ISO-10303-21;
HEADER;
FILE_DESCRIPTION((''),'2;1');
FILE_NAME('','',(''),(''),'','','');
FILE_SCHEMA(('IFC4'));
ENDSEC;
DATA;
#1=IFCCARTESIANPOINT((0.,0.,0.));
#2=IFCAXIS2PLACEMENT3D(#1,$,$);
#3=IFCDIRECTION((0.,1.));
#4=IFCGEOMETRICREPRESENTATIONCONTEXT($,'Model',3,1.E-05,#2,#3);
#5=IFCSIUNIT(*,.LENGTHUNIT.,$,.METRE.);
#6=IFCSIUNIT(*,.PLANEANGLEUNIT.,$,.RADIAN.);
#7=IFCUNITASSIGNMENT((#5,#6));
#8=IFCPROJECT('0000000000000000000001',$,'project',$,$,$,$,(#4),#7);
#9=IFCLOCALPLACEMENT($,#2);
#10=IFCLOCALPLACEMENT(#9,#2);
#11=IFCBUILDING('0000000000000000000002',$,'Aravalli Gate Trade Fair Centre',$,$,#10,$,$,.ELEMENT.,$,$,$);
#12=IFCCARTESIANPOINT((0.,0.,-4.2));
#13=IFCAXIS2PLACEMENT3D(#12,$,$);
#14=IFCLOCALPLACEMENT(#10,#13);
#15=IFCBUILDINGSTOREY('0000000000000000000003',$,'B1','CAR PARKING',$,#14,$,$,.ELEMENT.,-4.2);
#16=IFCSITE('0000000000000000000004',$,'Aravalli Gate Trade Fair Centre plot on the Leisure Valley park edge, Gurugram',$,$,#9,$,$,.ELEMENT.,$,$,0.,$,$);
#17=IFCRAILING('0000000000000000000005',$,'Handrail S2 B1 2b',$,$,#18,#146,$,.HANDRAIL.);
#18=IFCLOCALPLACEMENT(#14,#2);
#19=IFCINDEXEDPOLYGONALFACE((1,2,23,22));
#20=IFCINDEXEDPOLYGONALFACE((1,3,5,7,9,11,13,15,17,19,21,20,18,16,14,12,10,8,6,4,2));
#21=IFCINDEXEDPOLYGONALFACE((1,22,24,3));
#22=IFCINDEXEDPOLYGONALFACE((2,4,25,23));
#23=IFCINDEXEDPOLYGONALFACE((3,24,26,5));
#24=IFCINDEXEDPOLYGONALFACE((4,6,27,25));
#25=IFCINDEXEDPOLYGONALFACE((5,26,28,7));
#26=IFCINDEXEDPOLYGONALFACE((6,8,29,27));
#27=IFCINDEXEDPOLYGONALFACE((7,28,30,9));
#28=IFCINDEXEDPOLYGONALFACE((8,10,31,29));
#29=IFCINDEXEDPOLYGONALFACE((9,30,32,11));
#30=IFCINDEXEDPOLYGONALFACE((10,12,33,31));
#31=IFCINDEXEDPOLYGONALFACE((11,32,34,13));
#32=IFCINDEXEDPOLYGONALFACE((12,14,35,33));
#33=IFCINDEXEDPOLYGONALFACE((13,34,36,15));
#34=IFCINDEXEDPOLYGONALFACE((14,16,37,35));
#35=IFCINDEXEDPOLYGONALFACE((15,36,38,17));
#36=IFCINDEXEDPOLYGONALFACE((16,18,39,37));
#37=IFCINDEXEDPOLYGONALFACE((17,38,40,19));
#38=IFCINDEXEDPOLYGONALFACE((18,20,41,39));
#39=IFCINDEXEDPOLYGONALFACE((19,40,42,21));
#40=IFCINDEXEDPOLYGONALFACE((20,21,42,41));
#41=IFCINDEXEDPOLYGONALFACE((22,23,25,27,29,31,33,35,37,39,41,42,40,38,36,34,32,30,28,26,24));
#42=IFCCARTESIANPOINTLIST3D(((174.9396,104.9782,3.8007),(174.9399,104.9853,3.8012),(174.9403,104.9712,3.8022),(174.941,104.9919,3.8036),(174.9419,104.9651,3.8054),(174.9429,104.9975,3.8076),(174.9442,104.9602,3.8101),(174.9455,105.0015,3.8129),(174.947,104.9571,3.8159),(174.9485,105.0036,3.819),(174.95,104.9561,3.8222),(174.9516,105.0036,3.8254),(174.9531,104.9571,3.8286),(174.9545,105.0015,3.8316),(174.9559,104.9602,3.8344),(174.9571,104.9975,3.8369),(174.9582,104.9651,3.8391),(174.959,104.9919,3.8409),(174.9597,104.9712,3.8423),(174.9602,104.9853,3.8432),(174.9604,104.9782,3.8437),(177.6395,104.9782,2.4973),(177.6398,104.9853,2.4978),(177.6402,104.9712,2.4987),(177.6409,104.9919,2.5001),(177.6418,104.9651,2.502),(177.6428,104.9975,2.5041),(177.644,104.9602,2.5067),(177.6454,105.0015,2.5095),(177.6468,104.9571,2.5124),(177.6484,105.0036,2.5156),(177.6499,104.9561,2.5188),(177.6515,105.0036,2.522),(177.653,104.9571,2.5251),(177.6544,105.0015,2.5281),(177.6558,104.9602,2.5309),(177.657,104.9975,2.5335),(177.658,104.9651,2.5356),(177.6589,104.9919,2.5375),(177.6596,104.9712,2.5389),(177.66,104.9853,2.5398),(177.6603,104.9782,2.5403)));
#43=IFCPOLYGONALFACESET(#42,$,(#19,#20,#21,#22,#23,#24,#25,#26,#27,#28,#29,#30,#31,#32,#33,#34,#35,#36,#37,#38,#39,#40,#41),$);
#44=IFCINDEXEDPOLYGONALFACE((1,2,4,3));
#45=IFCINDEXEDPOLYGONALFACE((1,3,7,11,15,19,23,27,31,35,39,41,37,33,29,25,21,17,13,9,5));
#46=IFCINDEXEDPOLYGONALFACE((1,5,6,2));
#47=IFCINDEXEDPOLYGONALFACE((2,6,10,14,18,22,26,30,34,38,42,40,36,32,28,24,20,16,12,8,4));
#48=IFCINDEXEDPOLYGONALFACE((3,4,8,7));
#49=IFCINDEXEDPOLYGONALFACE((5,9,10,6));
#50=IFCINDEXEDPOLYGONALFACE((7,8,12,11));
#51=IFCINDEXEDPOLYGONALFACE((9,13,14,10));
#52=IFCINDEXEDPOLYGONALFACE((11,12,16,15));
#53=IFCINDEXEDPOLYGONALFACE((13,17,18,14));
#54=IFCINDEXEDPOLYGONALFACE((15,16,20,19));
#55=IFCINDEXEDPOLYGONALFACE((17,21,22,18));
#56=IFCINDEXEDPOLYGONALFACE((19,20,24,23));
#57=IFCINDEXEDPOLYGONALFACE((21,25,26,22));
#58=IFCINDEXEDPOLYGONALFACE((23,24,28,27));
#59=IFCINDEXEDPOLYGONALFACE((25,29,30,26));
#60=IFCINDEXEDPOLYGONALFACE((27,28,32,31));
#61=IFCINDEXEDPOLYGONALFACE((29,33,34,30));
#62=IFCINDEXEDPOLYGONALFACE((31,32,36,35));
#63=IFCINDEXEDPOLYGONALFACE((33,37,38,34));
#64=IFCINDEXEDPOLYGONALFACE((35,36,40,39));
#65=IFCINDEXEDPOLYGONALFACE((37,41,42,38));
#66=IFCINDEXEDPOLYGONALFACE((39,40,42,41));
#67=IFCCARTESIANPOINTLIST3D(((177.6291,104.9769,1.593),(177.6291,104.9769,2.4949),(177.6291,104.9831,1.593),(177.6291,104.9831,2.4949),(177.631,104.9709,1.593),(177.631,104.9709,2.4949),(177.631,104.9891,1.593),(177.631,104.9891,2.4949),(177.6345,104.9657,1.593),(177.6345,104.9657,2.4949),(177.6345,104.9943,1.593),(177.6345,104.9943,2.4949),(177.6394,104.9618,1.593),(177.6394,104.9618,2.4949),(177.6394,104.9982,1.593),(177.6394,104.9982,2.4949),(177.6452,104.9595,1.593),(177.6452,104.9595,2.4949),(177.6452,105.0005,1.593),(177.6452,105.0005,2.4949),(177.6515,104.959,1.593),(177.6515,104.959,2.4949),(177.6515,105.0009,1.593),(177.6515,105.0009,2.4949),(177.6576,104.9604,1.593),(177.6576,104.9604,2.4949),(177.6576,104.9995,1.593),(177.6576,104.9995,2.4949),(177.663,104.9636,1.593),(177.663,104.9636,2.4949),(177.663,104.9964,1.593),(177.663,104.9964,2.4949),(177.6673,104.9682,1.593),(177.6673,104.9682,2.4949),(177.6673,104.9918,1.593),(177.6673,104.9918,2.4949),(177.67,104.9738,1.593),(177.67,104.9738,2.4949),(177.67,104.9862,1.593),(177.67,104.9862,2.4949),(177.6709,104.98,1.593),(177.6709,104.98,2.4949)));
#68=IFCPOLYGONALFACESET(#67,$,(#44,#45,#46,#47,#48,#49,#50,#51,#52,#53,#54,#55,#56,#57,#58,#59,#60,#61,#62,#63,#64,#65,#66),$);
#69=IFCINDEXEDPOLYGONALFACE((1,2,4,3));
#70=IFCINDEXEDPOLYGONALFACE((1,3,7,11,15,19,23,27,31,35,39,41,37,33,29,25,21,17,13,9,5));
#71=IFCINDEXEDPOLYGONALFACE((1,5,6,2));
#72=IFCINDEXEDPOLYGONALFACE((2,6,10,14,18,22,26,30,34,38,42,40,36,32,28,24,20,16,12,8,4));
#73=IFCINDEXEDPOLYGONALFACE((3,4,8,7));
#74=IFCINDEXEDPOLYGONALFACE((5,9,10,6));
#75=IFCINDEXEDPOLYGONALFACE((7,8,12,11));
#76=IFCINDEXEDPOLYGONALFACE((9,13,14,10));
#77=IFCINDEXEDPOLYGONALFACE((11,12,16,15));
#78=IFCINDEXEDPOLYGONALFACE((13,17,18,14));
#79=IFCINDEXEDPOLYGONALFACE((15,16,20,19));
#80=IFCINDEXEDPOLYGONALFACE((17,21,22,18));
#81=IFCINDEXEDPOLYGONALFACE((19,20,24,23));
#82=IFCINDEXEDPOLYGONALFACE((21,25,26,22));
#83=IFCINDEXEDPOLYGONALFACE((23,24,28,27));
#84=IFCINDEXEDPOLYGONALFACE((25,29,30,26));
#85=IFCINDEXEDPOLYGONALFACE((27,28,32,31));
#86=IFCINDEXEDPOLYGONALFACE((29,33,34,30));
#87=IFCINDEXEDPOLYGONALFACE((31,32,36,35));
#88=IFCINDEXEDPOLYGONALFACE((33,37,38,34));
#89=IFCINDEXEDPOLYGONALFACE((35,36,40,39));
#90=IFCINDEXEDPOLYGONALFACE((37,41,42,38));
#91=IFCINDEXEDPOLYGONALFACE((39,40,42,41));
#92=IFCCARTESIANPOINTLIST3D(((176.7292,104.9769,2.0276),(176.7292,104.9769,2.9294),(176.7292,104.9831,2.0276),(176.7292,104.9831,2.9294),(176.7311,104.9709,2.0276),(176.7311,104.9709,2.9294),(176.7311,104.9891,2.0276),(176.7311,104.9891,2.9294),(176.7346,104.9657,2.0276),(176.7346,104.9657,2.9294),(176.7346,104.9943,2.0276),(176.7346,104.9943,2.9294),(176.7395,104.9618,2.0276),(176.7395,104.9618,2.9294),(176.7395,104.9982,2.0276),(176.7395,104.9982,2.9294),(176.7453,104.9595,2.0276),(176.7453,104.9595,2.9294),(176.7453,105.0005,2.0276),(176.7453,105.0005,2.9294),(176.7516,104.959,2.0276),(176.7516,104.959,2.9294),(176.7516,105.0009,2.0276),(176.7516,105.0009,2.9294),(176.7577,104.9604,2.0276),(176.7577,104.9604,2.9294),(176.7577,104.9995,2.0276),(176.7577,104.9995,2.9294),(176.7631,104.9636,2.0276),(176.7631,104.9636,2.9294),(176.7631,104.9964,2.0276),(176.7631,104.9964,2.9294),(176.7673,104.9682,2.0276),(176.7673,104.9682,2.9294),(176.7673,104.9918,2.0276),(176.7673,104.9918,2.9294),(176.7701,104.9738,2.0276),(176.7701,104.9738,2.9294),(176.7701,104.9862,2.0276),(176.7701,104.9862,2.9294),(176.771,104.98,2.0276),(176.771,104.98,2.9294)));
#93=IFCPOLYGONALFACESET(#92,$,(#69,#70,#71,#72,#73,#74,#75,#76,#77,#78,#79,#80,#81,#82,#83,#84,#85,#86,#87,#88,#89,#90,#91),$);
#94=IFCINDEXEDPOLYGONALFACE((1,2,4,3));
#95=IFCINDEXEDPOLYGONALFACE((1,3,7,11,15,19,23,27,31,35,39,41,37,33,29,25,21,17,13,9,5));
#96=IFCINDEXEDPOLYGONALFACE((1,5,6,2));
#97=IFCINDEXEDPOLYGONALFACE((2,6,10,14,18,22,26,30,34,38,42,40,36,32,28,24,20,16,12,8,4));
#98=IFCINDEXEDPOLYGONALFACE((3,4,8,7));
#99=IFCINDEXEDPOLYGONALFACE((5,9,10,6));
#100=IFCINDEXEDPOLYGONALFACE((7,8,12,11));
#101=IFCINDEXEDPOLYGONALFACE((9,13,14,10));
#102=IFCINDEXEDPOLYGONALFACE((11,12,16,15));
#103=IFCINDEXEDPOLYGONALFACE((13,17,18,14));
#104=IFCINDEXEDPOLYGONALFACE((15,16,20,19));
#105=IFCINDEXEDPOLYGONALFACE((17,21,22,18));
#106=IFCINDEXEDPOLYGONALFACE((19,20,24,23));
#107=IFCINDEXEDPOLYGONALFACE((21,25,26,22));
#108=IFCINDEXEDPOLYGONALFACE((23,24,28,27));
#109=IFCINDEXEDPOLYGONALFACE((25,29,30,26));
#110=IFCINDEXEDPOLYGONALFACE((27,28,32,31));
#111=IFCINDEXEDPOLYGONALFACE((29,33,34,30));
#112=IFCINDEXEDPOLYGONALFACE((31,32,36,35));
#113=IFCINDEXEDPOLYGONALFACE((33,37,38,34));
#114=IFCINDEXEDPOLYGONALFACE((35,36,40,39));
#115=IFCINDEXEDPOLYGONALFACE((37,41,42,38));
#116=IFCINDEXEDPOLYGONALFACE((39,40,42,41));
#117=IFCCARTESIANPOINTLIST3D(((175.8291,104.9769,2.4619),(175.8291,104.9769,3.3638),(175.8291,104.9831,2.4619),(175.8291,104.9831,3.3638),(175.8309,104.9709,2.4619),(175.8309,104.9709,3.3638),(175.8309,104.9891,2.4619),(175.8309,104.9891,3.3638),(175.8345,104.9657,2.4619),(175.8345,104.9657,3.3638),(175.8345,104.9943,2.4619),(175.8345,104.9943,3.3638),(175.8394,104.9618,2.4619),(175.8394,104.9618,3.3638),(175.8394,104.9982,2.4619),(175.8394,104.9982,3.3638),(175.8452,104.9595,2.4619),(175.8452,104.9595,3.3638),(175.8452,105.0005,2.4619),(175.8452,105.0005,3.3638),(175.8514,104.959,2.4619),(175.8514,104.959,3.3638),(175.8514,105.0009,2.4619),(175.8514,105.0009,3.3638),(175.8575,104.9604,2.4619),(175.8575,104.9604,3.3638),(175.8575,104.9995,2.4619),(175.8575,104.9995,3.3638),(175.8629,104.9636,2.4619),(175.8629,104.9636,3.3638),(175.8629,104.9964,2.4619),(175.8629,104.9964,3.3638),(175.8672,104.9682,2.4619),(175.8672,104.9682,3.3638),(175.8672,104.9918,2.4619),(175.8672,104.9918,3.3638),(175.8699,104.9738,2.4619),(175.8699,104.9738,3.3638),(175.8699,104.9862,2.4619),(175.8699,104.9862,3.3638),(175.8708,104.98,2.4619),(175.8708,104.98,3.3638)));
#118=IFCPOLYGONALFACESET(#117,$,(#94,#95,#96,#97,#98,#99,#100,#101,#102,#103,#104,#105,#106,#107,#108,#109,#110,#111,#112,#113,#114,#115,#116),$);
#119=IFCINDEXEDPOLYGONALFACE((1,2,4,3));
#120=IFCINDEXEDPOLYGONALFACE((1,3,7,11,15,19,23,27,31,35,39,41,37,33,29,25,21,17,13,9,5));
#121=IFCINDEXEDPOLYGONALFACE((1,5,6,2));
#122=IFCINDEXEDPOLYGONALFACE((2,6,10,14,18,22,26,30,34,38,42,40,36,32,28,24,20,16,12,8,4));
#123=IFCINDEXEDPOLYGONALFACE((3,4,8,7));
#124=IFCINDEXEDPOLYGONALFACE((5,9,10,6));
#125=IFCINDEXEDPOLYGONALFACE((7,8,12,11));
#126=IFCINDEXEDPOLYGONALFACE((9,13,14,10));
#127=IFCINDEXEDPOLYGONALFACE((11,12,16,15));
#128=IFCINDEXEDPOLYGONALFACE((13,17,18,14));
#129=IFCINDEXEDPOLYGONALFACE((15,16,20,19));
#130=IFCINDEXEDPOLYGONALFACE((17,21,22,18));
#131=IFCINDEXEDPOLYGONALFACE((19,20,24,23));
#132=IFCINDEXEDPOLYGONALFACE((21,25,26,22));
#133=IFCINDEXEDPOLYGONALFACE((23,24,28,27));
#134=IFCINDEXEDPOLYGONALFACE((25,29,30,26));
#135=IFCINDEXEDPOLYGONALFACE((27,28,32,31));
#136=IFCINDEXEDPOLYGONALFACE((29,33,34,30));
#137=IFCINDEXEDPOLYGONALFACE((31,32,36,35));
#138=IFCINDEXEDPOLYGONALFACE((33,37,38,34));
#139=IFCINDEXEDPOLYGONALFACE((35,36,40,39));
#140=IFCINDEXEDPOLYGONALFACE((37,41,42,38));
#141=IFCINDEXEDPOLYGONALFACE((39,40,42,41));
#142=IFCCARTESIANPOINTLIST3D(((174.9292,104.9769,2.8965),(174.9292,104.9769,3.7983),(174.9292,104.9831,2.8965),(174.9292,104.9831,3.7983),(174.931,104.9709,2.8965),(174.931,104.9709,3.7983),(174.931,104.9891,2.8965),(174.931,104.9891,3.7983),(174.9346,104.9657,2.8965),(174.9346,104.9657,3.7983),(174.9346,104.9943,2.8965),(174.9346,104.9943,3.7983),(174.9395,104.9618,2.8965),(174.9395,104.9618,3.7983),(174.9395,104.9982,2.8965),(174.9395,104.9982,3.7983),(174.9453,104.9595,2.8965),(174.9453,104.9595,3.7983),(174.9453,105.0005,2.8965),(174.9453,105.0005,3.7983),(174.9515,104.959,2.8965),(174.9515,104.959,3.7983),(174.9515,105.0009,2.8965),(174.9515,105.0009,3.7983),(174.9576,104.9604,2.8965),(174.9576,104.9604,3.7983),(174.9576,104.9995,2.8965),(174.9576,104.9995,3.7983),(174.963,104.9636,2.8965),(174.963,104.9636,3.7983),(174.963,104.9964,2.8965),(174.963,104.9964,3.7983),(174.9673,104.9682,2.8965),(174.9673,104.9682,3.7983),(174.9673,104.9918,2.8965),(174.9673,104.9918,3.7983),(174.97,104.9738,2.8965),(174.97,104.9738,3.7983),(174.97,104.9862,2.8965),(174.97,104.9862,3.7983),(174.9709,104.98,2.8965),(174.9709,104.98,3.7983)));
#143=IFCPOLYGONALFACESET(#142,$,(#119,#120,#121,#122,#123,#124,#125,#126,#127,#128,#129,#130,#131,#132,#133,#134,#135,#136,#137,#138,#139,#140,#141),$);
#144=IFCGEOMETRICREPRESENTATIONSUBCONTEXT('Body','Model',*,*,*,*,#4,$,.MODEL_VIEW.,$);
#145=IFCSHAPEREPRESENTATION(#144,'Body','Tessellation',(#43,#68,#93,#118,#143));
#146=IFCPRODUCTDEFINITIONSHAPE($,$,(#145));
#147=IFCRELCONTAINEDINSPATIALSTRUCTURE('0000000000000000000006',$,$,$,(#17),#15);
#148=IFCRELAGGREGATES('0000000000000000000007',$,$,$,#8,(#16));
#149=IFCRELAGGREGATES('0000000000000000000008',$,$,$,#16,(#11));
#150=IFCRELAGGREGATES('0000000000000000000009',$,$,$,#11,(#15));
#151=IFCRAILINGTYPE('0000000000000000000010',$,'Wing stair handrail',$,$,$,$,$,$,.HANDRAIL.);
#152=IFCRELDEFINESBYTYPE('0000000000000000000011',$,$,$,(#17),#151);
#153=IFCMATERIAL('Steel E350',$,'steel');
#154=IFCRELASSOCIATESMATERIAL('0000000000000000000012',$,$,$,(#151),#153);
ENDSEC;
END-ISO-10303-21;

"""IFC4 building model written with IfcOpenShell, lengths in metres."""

from ifc_helpers import new_model, si_unit, direction, frame, origin, origin_2d, place, context, subcontext, project, spatial, circle, extrude, material, type_object, element, save


model = new_model("IFC4")

# Units and contexts
model_context = context("Model", 3, precision=1e-05, world=origin(), true_north=direction((0.0, 1.0)))
body_context = subcontext(model_context, "Body", "Model", "MODEL_VIEW")
ifc_project = project(units=[si_unit("LENGTHUNIT", "METRE"), si_unit("PLANEANGLEUNIT", "RADIAN")], contexts=[model_context])

# Site, building, storey
site_placement = place(None, origin())
site = spatial("IfcSite", under=ifc_project, at=site_placement, Name="Aravalli Gate Trade Fair Centre plot on the Leisure Valley park edge, Gurugram", CompositionType="ELEMENT", RefElevation=0.0)
building_placement = place(site_placement, origin())
building = spatial("IfcBuilding", under=site, at=building_placement, Name="Aravalli Gate Trade Fair Centre", CompositionType="ELEMENT")
storey_placement = place(building_placement, frame((0.0, 0.0, -4.2)))
storey = spatial("IfcBuildingStorey", under=building, at=storey_placement, Name="B1", Description="CAR PARKING", CompositionType="ELEMENT", Elevation=-4.2)

# Shared definitions
ifc_material_1 = material(Name="Steel E350", Category="steel")

# Railing
railing_type_1 = type_object("IfcRailingType", Name="Wing stair handrail", PredefinedType="HANDRAIL", material=ifc_material_1)
for number, where, name in (
    (1, (177.6499, 104.98, 1.593), "Handrail S2 B1 2b"),
):
    element("IfcRailing", number, at=place(storey_placement, frame(where)), inside=storey, type_object=railing_type_1, Name=name, PredefinedType="HANDRAIL", context=body_context, shape_type="SweptSolid", body=[
        extrude(circle(Radius=0.0239, at=origin_2d()), frame((0.0, 0.0, 0.9258), z_axis=(-0.900546, 0.0, 0.43476), x_axis=(0.0, -1.0, 0.0)), (0.0, 0.0, 1.0), 2.998),
        extrude(circle(Radius=0.021, at=origin_2d()), origin(), (0.0, 0.0, 1.0), 0.9019),
        extrude(circle(Radius=0.021, at=origin_2d()), frame((-0.8999, 0.0, 0.4346)), (0.0, 0.0, 1.0), 0.9019),
        extrude(circle(Radius=0.021, at=origin_2d()), frame((-1.8, 0.0, 0.8689)), (0.0, 0.0, 1.0), 0.9019),
        extrude(circle(Radius=0.021, at=origin_2d()), frame((-2.7, 0.0, 1.3035)), (0.0, 0.0, 1.0), 0.9019),
    ])

save(model, "model.ifc")
